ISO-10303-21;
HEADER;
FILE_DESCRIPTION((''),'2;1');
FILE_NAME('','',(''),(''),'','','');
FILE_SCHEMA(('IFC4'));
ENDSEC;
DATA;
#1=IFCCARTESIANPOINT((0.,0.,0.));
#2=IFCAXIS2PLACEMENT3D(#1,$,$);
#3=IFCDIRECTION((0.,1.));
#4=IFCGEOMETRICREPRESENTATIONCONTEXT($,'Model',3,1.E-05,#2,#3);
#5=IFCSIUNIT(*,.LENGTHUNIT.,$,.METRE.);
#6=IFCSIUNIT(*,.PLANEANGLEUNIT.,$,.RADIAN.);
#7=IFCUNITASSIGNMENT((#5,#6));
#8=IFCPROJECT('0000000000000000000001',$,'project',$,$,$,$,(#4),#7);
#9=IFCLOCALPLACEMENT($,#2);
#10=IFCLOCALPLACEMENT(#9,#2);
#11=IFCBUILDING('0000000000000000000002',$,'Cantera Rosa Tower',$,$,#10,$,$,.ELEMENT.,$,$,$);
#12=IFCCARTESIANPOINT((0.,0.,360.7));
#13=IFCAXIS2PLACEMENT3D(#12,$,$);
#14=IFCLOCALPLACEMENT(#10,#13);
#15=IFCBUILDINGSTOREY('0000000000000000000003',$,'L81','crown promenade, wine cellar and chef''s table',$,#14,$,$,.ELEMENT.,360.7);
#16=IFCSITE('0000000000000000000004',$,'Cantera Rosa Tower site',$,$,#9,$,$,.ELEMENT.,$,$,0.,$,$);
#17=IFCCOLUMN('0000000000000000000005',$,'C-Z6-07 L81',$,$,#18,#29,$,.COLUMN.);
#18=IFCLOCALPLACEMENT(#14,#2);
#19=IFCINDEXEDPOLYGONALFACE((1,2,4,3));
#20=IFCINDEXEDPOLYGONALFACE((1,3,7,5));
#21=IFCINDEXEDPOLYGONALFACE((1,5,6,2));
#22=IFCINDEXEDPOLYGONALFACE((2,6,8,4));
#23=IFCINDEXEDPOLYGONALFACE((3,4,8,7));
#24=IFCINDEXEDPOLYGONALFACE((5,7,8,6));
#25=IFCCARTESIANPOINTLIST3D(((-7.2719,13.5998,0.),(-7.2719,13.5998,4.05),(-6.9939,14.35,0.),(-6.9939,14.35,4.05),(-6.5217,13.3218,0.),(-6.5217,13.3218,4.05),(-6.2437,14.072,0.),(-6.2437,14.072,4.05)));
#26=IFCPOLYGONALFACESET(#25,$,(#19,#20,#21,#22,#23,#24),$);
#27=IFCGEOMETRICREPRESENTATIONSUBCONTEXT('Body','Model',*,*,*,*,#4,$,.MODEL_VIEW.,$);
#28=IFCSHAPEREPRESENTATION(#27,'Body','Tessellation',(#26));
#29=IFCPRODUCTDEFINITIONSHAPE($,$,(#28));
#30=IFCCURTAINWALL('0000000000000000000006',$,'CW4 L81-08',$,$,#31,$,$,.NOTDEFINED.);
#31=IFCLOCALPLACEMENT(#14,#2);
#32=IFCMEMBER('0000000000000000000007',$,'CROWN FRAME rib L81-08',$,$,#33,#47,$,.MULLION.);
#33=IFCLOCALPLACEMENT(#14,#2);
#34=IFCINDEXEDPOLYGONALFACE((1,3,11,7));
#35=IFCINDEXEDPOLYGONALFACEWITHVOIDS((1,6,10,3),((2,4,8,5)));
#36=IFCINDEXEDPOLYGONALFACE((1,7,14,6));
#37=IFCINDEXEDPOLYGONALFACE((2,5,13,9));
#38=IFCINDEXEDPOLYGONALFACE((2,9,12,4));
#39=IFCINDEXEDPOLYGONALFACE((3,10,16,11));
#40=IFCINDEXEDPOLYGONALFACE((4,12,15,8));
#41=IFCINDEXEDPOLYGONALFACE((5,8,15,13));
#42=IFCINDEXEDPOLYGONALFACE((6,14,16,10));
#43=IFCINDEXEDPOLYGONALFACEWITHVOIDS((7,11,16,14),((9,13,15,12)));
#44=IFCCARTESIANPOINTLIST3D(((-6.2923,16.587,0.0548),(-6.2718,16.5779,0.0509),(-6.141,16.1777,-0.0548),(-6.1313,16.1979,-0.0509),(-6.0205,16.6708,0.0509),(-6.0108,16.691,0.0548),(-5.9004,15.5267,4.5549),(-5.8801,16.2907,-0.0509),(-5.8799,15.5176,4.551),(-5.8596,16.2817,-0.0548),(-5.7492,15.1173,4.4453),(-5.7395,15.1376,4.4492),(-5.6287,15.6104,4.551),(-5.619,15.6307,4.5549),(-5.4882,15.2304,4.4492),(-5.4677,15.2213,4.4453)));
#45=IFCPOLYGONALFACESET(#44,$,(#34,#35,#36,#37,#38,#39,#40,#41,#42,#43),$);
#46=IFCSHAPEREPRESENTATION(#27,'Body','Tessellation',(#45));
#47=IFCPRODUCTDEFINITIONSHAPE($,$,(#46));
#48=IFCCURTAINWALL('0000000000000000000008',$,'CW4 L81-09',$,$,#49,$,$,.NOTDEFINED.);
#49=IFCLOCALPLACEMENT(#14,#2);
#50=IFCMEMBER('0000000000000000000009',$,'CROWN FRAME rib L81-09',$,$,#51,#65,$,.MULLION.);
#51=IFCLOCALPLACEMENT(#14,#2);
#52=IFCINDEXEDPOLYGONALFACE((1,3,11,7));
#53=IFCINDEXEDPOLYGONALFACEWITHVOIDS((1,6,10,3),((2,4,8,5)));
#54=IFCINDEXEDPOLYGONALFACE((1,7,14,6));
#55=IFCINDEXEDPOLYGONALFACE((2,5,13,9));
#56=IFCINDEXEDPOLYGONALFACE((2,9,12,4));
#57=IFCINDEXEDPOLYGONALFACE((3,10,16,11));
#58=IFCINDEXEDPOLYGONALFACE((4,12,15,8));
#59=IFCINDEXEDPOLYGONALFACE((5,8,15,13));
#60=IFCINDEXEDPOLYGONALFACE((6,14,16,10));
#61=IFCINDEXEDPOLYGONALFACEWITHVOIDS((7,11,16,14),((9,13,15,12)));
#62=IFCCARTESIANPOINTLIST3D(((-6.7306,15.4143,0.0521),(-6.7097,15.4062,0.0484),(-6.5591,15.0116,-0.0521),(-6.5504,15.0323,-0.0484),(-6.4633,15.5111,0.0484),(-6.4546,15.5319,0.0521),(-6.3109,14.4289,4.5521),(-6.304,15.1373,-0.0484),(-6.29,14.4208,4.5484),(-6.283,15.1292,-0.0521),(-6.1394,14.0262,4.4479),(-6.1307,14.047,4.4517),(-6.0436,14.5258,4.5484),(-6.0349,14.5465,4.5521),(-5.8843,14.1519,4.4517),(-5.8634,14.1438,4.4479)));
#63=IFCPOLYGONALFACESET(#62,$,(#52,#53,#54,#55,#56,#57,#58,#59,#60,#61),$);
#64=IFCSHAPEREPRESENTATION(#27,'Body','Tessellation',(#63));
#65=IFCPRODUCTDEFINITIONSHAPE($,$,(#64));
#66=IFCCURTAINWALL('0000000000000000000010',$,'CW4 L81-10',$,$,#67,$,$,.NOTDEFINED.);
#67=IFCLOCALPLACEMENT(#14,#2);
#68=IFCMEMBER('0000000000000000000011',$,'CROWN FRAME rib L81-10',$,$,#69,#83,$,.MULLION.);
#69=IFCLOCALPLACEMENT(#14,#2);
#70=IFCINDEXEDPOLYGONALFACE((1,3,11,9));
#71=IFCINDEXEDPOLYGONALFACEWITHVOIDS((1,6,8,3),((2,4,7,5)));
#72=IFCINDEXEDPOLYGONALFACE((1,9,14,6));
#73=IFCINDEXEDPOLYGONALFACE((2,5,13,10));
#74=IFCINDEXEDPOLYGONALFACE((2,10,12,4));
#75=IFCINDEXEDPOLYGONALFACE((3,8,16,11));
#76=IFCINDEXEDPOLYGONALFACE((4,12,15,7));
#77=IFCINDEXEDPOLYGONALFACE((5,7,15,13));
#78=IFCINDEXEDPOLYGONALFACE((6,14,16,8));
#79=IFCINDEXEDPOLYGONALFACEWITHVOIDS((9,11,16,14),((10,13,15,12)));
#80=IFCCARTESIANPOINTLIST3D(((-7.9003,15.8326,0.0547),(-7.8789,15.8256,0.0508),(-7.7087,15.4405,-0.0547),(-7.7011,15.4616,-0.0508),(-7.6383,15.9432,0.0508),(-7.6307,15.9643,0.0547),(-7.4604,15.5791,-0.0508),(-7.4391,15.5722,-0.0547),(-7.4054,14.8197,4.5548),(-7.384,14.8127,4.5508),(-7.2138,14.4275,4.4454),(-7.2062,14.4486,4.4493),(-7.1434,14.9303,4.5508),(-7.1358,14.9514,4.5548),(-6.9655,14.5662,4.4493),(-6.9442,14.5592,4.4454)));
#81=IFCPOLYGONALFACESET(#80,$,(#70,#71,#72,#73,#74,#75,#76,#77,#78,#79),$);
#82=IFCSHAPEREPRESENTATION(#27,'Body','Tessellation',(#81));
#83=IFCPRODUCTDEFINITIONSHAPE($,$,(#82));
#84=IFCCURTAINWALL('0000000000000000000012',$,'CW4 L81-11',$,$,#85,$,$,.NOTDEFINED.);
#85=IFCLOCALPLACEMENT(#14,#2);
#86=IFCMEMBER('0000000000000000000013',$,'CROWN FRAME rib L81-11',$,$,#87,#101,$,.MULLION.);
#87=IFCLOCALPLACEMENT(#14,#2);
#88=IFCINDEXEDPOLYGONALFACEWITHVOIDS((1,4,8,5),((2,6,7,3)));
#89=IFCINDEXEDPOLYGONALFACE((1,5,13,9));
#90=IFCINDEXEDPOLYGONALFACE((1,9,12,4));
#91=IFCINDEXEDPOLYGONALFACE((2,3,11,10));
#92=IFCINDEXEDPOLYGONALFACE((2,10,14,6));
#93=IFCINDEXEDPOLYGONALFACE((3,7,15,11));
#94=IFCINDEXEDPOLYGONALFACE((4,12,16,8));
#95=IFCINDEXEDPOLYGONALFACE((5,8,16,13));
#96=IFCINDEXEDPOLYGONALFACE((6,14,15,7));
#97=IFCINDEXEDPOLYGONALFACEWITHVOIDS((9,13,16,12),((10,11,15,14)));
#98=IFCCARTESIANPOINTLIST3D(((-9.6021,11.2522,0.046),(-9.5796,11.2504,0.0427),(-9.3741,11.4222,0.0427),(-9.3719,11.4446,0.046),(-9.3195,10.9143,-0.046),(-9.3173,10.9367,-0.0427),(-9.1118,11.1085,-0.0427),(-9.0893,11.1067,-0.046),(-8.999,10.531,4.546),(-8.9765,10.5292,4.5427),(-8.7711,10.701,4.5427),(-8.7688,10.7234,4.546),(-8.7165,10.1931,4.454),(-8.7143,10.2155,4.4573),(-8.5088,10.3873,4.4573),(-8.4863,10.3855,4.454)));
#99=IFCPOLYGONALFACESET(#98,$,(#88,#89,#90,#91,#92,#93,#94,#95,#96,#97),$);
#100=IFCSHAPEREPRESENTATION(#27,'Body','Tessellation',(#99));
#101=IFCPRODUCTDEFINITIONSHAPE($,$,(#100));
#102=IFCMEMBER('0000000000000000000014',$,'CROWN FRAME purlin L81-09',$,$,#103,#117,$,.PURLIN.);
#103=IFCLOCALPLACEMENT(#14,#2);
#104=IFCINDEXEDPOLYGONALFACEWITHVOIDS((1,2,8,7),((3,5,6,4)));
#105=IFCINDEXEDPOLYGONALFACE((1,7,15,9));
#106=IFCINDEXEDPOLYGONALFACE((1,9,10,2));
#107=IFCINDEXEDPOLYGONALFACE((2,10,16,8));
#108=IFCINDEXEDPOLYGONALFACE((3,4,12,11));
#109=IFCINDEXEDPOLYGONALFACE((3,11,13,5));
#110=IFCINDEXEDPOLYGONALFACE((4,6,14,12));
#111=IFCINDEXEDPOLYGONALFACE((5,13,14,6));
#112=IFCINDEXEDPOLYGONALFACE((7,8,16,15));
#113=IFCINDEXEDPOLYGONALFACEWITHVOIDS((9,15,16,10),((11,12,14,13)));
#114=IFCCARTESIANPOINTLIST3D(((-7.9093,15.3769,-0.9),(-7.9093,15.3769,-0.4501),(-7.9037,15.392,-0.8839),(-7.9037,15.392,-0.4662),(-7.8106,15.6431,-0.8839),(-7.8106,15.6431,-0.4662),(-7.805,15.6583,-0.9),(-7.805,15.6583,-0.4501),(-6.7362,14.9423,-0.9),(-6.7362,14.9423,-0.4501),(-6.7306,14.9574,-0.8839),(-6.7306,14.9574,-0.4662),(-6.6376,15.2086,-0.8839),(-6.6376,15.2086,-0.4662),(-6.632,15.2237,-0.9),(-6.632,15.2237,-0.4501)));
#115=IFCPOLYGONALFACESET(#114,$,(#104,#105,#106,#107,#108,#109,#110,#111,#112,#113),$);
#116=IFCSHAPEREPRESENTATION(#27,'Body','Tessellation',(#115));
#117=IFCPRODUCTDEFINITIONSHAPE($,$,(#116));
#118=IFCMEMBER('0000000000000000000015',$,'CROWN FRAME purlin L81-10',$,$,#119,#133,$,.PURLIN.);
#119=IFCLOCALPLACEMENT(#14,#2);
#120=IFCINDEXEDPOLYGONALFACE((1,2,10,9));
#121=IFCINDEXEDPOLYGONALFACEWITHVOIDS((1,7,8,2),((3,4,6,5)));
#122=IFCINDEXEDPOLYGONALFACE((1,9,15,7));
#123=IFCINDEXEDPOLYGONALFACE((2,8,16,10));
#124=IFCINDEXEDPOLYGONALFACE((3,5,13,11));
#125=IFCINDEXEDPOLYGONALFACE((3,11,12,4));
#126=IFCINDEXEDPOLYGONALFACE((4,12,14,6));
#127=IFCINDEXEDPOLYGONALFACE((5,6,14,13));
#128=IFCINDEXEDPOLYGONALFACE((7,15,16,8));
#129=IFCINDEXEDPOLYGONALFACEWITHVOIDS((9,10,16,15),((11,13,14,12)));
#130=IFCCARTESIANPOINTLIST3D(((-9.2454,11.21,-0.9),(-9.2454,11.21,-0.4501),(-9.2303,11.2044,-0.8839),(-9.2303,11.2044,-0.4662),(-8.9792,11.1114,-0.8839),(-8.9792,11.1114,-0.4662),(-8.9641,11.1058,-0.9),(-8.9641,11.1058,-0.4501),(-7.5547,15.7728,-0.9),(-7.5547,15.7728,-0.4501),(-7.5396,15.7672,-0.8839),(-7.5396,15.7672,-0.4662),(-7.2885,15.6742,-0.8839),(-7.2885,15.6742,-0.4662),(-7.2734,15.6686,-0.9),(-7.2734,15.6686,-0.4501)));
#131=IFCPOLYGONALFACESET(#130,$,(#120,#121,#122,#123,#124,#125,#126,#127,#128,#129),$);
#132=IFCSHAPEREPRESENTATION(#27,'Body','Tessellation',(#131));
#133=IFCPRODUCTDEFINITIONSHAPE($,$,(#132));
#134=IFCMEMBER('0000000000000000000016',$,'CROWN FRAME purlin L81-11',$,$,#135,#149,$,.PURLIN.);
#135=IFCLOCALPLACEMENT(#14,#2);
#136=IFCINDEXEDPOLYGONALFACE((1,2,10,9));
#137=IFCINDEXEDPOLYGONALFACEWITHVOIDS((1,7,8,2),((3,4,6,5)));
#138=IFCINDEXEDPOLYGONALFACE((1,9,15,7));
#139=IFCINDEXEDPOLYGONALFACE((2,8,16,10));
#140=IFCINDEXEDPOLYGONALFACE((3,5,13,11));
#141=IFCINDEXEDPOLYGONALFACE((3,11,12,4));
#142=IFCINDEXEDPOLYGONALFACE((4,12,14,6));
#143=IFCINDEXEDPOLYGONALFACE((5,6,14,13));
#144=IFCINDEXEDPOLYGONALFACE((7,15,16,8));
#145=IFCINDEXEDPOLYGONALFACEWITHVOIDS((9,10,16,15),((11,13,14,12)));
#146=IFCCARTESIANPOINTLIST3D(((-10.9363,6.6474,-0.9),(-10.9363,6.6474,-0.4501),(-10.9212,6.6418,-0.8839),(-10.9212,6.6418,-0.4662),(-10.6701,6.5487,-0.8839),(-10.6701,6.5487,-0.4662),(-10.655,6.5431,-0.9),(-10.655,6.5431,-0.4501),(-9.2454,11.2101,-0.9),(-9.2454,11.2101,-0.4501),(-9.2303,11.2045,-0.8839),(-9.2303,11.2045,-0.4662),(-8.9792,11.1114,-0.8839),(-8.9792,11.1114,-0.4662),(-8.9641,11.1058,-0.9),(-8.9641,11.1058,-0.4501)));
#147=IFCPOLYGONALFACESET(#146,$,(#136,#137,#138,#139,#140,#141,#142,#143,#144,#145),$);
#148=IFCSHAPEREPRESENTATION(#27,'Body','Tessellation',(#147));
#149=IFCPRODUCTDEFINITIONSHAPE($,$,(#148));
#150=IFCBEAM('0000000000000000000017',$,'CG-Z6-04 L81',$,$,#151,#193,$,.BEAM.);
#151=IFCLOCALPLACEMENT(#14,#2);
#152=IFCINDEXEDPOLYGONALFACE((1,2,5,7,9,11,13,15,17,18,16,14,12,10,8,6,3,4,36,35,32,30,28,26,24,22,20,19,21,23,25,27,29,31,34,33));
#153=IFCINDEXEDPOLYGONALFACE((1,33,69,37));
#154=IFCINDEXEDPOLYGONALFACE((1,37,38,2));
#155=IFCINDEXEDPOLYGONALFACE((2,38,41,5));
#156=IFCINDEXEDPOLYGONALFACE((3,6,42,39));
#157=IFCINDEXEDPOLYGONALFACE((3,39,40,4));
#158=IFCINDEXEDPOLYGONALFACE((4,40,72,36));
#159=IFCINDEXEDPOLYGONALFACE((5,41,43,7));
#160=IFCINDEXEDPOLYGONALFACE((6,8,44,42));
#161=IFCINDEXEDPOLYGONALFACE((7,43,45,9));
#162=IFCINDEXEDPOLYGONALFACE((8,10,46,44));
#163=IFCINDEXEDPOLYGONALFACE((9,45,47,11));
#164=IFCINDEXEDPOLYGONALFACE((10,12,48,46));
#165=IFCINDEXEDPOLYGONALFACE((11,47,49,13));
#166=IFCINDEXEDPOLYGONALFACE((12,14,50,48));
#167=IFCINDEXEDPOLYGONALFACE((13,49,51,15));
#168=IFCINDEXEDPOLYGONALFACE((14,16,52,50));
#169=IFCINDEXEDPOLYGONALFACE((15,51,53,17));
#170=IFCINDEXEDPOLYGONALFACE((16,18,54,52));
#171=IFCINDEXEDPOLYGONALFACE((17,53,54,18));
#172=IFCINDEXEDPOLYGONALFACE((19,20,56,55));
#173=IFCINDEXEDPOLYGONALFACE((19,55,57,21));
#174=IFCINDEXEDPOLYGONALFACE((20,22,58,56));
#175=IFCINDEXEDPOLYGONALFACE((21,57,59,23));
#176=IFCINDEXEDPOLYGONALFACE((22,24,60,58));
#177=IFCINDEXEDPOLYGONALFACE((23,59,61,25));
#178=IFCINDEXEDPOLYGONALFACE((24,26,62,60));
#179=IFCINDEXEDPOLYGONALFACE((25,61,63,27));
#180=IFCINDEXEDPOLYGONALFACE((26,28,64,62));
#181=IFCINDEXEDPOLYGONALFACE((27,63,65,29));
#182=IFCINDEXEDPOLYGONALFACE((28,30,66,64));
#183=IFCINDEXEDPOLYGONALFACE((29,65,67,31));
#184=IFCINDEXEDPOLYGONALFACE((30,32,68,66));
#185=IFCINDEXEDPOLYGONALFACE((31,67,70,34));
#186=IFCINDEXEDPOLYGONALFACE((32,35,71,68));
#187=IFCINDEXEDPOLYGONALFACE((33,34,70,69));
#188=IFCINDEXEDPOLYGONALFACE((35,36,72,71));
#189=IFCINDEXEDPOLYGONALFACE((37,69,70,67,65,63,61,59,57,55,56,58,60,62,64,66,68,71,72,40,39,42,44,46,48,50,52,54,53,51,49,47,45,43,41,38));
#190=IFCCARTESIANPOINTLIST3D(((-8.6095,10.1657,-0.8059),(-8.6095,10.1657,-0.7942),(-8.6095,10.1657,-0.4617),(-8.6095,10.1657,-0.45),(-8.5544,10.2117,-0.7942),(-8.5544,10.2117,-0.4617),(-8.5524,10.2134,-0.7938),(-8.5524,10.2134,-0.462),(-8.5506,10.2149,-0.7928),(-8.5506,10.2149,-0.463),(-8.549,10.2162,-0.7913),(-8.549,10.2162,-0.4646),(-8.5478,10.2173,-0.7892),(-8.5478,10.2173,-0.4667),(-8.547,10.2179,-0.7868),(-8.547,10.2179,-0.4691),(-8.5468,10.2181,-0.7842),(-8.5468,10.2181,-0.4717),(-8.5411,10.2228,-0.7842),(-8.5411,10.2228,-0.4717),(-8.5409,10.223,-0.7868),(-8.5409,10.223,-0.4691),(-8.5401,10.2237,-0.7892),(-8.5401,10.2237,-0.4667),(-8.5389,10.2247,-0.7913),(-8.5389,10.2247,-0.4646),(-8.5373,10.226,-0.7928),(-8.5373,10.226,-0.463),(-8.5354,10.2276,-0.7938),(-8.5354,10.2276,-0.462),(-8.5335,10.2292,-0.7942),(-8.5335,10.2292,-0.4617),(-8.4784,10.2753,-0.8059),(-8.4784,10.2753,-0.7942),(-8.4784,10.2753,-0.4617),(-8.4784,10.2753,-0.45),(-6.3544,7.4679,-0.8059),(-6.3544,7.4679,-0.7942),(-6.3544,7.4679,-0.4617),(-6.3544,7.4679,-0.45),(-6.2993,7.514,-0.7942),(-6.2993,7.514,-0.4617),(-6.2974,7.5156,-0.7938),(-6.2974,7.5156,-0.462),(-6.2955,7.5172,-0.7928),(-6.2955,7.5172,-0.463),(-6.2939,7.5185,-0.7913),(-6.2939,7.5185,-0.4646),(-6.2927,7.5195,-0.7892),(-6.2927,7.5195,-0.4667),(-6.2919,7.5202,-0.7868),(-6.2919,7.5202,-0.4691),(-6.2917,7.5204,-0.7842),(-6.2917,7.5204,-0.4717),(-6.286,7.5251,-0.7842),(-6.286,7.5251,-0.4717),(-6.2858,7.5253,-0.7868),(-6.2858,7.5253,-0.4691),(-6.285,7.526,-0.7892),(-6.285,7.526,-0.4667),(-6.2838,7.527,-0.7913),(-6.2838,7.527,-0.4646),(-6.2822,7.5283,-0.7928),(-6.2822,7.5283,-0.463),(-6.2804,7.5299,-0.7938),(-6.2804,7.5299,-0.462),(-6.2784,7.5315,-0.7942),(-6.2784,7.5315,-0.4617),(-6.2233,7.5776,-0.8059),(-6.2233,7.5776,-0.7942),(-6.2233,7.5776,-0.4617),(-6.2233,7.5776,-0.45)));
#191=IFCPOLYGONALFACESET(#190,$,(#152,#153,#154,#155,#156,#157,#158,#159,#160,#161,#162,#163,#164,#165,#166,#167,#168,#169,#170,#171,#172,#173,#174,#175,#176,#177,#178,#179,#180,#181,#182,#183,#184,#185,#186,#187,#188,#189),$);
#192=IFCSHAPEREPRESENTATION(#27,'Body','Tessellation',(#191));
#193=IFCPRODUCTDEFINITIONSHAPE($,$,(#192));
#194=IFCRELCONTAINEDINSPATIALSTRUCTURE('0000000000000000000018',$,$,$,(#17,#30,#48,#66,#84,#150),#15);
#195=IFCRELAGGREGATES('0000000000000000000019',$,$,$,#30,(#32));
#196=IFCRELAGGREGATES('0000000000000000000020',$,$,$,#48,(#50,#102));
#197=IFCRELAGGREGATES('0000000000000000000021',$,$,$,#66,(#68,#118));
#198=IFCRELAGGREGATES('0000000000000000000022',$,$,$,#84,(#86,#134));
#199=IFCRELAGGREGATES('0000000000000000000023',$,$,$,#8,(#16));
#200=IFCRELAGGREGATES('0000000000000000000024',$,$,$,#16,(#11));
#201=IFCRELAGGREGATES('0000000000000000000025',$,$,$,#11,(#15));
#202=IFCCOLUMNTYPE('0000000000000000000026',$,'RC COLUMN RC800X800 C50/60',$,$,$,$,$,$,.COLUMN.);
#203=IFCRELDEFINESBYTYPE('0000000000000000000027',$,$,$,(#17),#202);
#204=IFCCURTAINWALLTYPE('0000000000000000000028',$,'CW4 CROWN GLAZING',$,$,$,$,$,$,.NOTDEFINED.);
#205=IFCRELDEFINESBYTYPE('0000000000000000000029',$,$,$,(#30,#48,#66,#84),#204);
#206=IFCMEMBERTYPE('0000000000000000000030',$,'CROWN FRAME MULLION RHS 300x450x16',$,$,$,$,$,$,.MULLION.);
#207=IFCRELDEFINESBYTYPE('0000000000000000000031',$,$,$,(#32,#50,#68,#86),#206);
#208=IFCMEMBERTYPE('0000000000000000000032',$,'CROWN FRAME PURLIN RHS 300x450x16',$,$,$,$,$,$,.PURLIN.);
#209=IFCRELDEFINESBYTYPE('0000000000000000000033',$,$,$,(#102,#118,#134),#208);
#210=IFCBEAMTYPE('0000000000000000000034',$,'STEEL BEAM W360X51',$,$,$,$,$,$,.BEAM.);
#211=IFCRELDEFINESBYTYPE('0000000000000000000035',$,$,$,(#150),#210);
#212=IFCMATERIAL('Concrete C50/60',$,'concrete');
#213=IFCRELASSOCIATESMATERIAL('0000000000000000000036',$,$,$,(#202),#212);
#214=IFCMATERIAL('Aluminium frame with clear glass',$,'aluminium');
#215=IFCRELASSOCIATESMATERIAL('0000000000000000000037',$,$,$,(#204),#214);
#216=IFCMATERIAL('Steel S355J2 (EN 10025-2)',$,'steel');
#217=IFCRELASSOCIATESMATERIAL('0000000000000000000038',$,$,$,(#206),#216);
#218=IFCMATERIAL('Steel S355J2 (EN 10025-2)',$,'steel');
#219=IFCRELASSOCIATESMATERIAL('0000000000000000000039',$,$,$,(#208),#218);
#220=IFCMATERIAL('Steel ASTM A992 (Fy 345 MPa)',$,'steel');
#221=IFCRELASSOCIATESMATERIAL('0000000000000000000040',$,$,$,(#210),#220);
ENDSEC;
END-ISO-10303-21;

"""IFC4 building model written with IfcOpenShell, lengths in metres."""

from ifc_helpers import new_model, si_unit, direction, frame, origin, origin_2d, place, context, subcontext, project, spatial, rectangle, hollow_rectangle, i_section, extrude, material, material_profile, profile_set, type_object, element, aggregate, save


model = new_model("IFC4")

# Units and contexts
model_context = context("Model", 3, precision=1e-05, world=origin(), true_north=direction((0.0, 1.0)))
body_context = subcontext(model_context, "Body", "Model", "MODEL_VIEW")
ifc_project = project(units=[si_unit("LENGTHUNIT", "METRE"), si_unit("PLANEANGLEUNIT", "RADIAN")], contexts=[model_context])

# Site, building, storey
site_placement = place(None, origin())
site = spatial("IfcSite", under=ifc_project, at=site_placement, Name="Cantera Rosa Tower site", CompositionType="ELEMENT", RefElevation=0.0)
building_placement = place(site_placement, origin())
building = spatial("IfcBuilding", under=site, at=building_placement, Name="Cantera Rosa Tower", CompositionType="ELEMENT")
storey_placement = place(building_placement, frame((0.0, 0.0, 360.7)))
storey = spatial("IfcBuildingStorey", under=building, at=storey_placement, Name="L81", Description="crown promenade, wine cellar and chef's table", CompositionType="ELEMENT", Elevation=360.7)

# Column
ifc_material_1 = material(Name="Concrete C50/60", Category="concrete")
ifc_material_profile_1 = material_profile(ifc_material_1, rectangle(XDim=0.8, YDim=0.8, at=origin_2d()), Name="RC COLUMN RC800X800 C50/60")
ifc_profile_set_1 = profile_set([ifc_material_profile_1], Name="Concrete C50/60")
column_type = type_object("IfcColumnType", Name="RC COLUMN RC800X800 C50/60", PredefinedType="COLUMN", material=ifc_profile_set_1)
column_placement = place(storey_placement, frame((-6.7578, 13.8359, 0.0), z_axis=(0.0, 0.0, 1.0), x_axis=(0.347481, 0.937687, 0.0)))
element("IfcColumn", 1, at=column_placement, inside=storey, type_object=column_type, Name="C-Z6-07 L81", PredefinedType="COLUMN", context=body_context, shape_type="SweptSolid", body=[
    extrude(rectangle(XDim=0.8, YDim=0.8, at=origin_2d()), origin(), (0.0, 0.0, 1.0), 4.05),
])

# Curtain walls, members
ifc_material_2 = material(Name="Aluminium frame with clear glass", Category="aluminium")
curtain_wall_type = type_object("IfcCurtainWallType", Name="CW4 CROWN GLAZING", PredefinedType="NOTDEFINED", material=ifc_material_2)
curtain_wall_1_placement = place(storey_placement, origin())
curtain_wall_1 = element("IfcCurtainWall", 2, at=curtain_wall_1_placement, inside=storey, type_object=curtain_wall_type, Name="CW4 L81-08", PredefinedType="NOTDEFINED")
ifc_material_3 = material(Name="Steel S355J2 (EN 10025-2)", Category="steel")
ifc_material_profile_2 = material_profile(ifc_material_3, hollow_rectangle(XDim=0.3, YDim=0.45, WallThickness=0.0161, at=origin_2d()), Name="CROWN FRAME MULLION RHS 300x450x16")
ifc_profile_set_2 = profile_set([ifc_material_profile_2], Name="Steel S355J2 (EN 10025-2)")
member_type_1 = type_object("IfcMemberType", Name="CROWN FRAME MULLION RHS 300x450x16", PredefinedType="MULLION", material=ifc_profile_set_2)
member_1_placement = place(storey_placement, frame((-6.0759, 16.4343, 0.0), z_axis=(0.084453, -0.228523, 0.969868), x_axis=(0.937996, 0.346646, 0.0)))
member_1 = element("IfcMember", 3, at=member_1_placement, type_object=member_type_1, Name="CROWN FRAME rib L81-08", PredefinedType="MULLION", context=body_context, shape_type="SweptSolid", body=[
    extrude(hollow_rectangle(XDim=0.3, YDim=0.45, WallThickness=0.0161, at=origin_2d()), origin(), (0.0, 0.0, 1.0), 4.6399),
])
curtain_wall_2_placement = place(storey_placement, origin())
curtain_wall_2 = element("IfcCurtainWall", 4, at=curtain_wall_2_placement, inside=storey, type_object=curtain_wall_type, Name="CW4 L81-09", PredefinedType="NOTDEFINED")
member_2_placement = place(storey_placement, frame((-6.5068, 15.2717, 0.0), z_axis=(0.090728, -0.213017, 0.972827), x_axis=(0.920027, 0.391855, 0.0)))
member_2 = element("IfcMember", 5, at=member_2_placement, type_object=member_type_1, Name="CROWN FRAME rib L81-09", PredefinedType="MULLION", context=body_context, shape_type="SweptSolid", body=[
    extrude(hollow_rectangle(XDim=0.3, YDim=0.45, WallThickness=0.0161, at=origin_2d()), origin(), (0.0, 0.0, 1.0), 4.6257),
])
curtain_wall_3_placement = place(storey_placement, origin())
curtain_wall_3 = element("IfcCurtainWall", 6, at=curtain_wall_3_placement, inside=storey, type_object=curtain_wall_type, Name="CW4 L81-10", PredefinedType="NOTDEFINED")
member_3_placement = place(storey_placement, frame((-7.6697, 15.7024, 0.0), z_axis=(0.106675, -0.21835, 0.970023), x_axis=(0.898504, 0.438965, 0.0)))
member_3 = element("IfcMember", 7, at=member_3_placement, type_object=member_type_1, Name="CROWN FRAME rib L81-10", PredefinedType="MULLION", context=body_context, shape_type="SweptSolid", body=[
    extrude(hollow_rectangle(XDim=0.3, YDim=0.45, WallThickness=0.0161, at=origin_2d()), origin(), (0.0, 0.0, 1.0), 4.6392),
])
curtain_wall_4_placement = place(storey_placement, origin())
curtain_wall_4 = element("IfcCurtainWall", 8, at=curtain_wall_4_placement, inside=storey, type_object=curtain_wall_type, Name="CW4 L81-11", PredefinedType="NOTDEFINED")
member_4_placement = place(storey_placement, frame((-9.3457, 11.1794, 0.0), z_axis=(0.131174, -0.156878, 0.978868), x_axis=(0.767156, 0.641461, 0.0)))
member_4 = element("IfcMember", 9, at=member_4_placement, type_object=member_type_1, Name="CROWN FRAME rib L81-11", PredefinedType="MULLION", context=body_context, shape_type="SweptSolid", body=[
    extrude(hollow_rectangle(XDim=0.3, YDim=0.45, WallThickness=0.0161, at=origin_2d()), origin(), (0.0, 0.0, 1.0), 4.5972),
])

# Members
ifc_material_4 = material(Name="Steel S355J2 (EN 10025-2)", Category="steel")
ifc_material_profile_3 = material_profile(ifc_material_4, hollow_rectangle(XDim=0.3, YDim=0.45, WallThickness=0.0161, at=origin_2d()), Name="CROWN FRAME PURLIN RHS 300x450x16")
ifc_profile_set_3 = profile_set([ifc_material_profile_3], Name="Steel S355J2 (EN 10025-2)")
member_type_2 = type_object("IfcMemberType", Name="CROWN FRAME PURLIN RHS 300x450x16", PredefinedType="PURLIN", material=ifc_profile_set_3)
member_5_placement = place(storey_placement, frame((-6.6841, 15.083, -0.675), z_axis=(-0.937725, 0.347378, 0.0), x_axis=(-0.347378, -0.937725, 0.0)))
member_5 = element("IfcMember", 10, at=member_5_placement, type_object=member_type_2, Name="CROWN FRAME purlin L81-09", PredefinedType="PURLIN", context=body_context, shape_type="SweptSolid", body=[
    extrude(hollow_rectangle(XDim=0.3, YDim=0.45, WallThickness=0.0161, at=origin_2d()), origin(), (0.0, 0.0, 1.0), 1.251),
])
member_6_placement = place(storey_placement, frame((-7.4141, 15.7207, -0.675), z_axis=(-0.347453, -0.937697, 0.0), x_axis=(0.937697, -0.347453, 0.0)))
member_6 = element("IfcMember", 11, at=member_6_placement, type_object=member_type_2, Name="CROWN FRAME purlin L81-10", PredefinedType="PURLIN", context=body_context, shape_type="SweptSolid", body=[
    extrude(hollow_rectangle(XDim=0.3, YDim=0.45, WallThickness=0.0161, at=origin_2d()), origin(), (0.0, 0.0, 1.0), 4.866),
])
member_7_placement = place(storey_placement, frame((-9.1047, 11.158, -0.675), z_axis=(-0.347497, -0.937681, 0.0), x_axis=(0.937681, -0.347497, 0.0)))
member_7 = element("IfcMember", 12, at=member_7_placement, type_object=member_type_2, Name="CROWN FRAME purlin L81-11", PredefinedType="PURLIN", context=body_context, shape_type="SweptSolid", body=[
    extrude(hollow_rectangle(XDim=0.3, YDim=0.45, WallThickness=0.0161, at=origin_2d()), origin(), (0.0, 0.0, 1.0), 4.866),
])

# Beam
ifc_material_5 = material(Name="Steel ASTM A992 (Fy 345 MPa)", Category="steel")
ifc_material_profile_4 = material_profile(ifc_material_5, i_section(OverallWidth=0.1709, OverallDepth=0.356, WebThickness=0.0073, FlangeThickness=0.0117, FilletRadius=0.01, at=origin_2d()), Name="W360X51")
ifc_profile_set_4 = profile_set([ifc_material_profile_4], Name="Steel ASTM A992 (Fy 345 MPa)")
beam_type_1 = type_object("IfcBeamType", Name="STEEL BEAM W360X51", PredefinedType="BEAM", material=ifc_profile_set_4)
beam_1_placement = place(storey_placement, frame((-8.5439, 10.2205, -0.6279), z_axis=(0.641358, -0.767241, 0.0), x_axis=(0.767241, 0.641358, 0.0)))
element("IfcBeam", 13, at=beam_1_placement, inside=storey, type_object=beam_type_1, Name="CG-Z6-04 L81", PredefinedType="BEAM", context=body_context, shape_type="SweptSolid", body=[
    extrude(i_section(OverallWidth=0.1709, OverallDepth=0.356, WebThickness=0.0073, FlangeThickness=0.0117, FilletRadius=0.01, at=origin_2d()), origin(), (0.0, 0.0, 1.0), 3.5161),
])

aggregate(curtain_wall_1, [member_1])
aggregate(curtain_wall_2, [member_2, member_5])
aggregate(curtain_wall_3, [member_3, member_6])
aggregate(curtain_wall_4, [member_4, member_7])

save(model, "model.ifc")
